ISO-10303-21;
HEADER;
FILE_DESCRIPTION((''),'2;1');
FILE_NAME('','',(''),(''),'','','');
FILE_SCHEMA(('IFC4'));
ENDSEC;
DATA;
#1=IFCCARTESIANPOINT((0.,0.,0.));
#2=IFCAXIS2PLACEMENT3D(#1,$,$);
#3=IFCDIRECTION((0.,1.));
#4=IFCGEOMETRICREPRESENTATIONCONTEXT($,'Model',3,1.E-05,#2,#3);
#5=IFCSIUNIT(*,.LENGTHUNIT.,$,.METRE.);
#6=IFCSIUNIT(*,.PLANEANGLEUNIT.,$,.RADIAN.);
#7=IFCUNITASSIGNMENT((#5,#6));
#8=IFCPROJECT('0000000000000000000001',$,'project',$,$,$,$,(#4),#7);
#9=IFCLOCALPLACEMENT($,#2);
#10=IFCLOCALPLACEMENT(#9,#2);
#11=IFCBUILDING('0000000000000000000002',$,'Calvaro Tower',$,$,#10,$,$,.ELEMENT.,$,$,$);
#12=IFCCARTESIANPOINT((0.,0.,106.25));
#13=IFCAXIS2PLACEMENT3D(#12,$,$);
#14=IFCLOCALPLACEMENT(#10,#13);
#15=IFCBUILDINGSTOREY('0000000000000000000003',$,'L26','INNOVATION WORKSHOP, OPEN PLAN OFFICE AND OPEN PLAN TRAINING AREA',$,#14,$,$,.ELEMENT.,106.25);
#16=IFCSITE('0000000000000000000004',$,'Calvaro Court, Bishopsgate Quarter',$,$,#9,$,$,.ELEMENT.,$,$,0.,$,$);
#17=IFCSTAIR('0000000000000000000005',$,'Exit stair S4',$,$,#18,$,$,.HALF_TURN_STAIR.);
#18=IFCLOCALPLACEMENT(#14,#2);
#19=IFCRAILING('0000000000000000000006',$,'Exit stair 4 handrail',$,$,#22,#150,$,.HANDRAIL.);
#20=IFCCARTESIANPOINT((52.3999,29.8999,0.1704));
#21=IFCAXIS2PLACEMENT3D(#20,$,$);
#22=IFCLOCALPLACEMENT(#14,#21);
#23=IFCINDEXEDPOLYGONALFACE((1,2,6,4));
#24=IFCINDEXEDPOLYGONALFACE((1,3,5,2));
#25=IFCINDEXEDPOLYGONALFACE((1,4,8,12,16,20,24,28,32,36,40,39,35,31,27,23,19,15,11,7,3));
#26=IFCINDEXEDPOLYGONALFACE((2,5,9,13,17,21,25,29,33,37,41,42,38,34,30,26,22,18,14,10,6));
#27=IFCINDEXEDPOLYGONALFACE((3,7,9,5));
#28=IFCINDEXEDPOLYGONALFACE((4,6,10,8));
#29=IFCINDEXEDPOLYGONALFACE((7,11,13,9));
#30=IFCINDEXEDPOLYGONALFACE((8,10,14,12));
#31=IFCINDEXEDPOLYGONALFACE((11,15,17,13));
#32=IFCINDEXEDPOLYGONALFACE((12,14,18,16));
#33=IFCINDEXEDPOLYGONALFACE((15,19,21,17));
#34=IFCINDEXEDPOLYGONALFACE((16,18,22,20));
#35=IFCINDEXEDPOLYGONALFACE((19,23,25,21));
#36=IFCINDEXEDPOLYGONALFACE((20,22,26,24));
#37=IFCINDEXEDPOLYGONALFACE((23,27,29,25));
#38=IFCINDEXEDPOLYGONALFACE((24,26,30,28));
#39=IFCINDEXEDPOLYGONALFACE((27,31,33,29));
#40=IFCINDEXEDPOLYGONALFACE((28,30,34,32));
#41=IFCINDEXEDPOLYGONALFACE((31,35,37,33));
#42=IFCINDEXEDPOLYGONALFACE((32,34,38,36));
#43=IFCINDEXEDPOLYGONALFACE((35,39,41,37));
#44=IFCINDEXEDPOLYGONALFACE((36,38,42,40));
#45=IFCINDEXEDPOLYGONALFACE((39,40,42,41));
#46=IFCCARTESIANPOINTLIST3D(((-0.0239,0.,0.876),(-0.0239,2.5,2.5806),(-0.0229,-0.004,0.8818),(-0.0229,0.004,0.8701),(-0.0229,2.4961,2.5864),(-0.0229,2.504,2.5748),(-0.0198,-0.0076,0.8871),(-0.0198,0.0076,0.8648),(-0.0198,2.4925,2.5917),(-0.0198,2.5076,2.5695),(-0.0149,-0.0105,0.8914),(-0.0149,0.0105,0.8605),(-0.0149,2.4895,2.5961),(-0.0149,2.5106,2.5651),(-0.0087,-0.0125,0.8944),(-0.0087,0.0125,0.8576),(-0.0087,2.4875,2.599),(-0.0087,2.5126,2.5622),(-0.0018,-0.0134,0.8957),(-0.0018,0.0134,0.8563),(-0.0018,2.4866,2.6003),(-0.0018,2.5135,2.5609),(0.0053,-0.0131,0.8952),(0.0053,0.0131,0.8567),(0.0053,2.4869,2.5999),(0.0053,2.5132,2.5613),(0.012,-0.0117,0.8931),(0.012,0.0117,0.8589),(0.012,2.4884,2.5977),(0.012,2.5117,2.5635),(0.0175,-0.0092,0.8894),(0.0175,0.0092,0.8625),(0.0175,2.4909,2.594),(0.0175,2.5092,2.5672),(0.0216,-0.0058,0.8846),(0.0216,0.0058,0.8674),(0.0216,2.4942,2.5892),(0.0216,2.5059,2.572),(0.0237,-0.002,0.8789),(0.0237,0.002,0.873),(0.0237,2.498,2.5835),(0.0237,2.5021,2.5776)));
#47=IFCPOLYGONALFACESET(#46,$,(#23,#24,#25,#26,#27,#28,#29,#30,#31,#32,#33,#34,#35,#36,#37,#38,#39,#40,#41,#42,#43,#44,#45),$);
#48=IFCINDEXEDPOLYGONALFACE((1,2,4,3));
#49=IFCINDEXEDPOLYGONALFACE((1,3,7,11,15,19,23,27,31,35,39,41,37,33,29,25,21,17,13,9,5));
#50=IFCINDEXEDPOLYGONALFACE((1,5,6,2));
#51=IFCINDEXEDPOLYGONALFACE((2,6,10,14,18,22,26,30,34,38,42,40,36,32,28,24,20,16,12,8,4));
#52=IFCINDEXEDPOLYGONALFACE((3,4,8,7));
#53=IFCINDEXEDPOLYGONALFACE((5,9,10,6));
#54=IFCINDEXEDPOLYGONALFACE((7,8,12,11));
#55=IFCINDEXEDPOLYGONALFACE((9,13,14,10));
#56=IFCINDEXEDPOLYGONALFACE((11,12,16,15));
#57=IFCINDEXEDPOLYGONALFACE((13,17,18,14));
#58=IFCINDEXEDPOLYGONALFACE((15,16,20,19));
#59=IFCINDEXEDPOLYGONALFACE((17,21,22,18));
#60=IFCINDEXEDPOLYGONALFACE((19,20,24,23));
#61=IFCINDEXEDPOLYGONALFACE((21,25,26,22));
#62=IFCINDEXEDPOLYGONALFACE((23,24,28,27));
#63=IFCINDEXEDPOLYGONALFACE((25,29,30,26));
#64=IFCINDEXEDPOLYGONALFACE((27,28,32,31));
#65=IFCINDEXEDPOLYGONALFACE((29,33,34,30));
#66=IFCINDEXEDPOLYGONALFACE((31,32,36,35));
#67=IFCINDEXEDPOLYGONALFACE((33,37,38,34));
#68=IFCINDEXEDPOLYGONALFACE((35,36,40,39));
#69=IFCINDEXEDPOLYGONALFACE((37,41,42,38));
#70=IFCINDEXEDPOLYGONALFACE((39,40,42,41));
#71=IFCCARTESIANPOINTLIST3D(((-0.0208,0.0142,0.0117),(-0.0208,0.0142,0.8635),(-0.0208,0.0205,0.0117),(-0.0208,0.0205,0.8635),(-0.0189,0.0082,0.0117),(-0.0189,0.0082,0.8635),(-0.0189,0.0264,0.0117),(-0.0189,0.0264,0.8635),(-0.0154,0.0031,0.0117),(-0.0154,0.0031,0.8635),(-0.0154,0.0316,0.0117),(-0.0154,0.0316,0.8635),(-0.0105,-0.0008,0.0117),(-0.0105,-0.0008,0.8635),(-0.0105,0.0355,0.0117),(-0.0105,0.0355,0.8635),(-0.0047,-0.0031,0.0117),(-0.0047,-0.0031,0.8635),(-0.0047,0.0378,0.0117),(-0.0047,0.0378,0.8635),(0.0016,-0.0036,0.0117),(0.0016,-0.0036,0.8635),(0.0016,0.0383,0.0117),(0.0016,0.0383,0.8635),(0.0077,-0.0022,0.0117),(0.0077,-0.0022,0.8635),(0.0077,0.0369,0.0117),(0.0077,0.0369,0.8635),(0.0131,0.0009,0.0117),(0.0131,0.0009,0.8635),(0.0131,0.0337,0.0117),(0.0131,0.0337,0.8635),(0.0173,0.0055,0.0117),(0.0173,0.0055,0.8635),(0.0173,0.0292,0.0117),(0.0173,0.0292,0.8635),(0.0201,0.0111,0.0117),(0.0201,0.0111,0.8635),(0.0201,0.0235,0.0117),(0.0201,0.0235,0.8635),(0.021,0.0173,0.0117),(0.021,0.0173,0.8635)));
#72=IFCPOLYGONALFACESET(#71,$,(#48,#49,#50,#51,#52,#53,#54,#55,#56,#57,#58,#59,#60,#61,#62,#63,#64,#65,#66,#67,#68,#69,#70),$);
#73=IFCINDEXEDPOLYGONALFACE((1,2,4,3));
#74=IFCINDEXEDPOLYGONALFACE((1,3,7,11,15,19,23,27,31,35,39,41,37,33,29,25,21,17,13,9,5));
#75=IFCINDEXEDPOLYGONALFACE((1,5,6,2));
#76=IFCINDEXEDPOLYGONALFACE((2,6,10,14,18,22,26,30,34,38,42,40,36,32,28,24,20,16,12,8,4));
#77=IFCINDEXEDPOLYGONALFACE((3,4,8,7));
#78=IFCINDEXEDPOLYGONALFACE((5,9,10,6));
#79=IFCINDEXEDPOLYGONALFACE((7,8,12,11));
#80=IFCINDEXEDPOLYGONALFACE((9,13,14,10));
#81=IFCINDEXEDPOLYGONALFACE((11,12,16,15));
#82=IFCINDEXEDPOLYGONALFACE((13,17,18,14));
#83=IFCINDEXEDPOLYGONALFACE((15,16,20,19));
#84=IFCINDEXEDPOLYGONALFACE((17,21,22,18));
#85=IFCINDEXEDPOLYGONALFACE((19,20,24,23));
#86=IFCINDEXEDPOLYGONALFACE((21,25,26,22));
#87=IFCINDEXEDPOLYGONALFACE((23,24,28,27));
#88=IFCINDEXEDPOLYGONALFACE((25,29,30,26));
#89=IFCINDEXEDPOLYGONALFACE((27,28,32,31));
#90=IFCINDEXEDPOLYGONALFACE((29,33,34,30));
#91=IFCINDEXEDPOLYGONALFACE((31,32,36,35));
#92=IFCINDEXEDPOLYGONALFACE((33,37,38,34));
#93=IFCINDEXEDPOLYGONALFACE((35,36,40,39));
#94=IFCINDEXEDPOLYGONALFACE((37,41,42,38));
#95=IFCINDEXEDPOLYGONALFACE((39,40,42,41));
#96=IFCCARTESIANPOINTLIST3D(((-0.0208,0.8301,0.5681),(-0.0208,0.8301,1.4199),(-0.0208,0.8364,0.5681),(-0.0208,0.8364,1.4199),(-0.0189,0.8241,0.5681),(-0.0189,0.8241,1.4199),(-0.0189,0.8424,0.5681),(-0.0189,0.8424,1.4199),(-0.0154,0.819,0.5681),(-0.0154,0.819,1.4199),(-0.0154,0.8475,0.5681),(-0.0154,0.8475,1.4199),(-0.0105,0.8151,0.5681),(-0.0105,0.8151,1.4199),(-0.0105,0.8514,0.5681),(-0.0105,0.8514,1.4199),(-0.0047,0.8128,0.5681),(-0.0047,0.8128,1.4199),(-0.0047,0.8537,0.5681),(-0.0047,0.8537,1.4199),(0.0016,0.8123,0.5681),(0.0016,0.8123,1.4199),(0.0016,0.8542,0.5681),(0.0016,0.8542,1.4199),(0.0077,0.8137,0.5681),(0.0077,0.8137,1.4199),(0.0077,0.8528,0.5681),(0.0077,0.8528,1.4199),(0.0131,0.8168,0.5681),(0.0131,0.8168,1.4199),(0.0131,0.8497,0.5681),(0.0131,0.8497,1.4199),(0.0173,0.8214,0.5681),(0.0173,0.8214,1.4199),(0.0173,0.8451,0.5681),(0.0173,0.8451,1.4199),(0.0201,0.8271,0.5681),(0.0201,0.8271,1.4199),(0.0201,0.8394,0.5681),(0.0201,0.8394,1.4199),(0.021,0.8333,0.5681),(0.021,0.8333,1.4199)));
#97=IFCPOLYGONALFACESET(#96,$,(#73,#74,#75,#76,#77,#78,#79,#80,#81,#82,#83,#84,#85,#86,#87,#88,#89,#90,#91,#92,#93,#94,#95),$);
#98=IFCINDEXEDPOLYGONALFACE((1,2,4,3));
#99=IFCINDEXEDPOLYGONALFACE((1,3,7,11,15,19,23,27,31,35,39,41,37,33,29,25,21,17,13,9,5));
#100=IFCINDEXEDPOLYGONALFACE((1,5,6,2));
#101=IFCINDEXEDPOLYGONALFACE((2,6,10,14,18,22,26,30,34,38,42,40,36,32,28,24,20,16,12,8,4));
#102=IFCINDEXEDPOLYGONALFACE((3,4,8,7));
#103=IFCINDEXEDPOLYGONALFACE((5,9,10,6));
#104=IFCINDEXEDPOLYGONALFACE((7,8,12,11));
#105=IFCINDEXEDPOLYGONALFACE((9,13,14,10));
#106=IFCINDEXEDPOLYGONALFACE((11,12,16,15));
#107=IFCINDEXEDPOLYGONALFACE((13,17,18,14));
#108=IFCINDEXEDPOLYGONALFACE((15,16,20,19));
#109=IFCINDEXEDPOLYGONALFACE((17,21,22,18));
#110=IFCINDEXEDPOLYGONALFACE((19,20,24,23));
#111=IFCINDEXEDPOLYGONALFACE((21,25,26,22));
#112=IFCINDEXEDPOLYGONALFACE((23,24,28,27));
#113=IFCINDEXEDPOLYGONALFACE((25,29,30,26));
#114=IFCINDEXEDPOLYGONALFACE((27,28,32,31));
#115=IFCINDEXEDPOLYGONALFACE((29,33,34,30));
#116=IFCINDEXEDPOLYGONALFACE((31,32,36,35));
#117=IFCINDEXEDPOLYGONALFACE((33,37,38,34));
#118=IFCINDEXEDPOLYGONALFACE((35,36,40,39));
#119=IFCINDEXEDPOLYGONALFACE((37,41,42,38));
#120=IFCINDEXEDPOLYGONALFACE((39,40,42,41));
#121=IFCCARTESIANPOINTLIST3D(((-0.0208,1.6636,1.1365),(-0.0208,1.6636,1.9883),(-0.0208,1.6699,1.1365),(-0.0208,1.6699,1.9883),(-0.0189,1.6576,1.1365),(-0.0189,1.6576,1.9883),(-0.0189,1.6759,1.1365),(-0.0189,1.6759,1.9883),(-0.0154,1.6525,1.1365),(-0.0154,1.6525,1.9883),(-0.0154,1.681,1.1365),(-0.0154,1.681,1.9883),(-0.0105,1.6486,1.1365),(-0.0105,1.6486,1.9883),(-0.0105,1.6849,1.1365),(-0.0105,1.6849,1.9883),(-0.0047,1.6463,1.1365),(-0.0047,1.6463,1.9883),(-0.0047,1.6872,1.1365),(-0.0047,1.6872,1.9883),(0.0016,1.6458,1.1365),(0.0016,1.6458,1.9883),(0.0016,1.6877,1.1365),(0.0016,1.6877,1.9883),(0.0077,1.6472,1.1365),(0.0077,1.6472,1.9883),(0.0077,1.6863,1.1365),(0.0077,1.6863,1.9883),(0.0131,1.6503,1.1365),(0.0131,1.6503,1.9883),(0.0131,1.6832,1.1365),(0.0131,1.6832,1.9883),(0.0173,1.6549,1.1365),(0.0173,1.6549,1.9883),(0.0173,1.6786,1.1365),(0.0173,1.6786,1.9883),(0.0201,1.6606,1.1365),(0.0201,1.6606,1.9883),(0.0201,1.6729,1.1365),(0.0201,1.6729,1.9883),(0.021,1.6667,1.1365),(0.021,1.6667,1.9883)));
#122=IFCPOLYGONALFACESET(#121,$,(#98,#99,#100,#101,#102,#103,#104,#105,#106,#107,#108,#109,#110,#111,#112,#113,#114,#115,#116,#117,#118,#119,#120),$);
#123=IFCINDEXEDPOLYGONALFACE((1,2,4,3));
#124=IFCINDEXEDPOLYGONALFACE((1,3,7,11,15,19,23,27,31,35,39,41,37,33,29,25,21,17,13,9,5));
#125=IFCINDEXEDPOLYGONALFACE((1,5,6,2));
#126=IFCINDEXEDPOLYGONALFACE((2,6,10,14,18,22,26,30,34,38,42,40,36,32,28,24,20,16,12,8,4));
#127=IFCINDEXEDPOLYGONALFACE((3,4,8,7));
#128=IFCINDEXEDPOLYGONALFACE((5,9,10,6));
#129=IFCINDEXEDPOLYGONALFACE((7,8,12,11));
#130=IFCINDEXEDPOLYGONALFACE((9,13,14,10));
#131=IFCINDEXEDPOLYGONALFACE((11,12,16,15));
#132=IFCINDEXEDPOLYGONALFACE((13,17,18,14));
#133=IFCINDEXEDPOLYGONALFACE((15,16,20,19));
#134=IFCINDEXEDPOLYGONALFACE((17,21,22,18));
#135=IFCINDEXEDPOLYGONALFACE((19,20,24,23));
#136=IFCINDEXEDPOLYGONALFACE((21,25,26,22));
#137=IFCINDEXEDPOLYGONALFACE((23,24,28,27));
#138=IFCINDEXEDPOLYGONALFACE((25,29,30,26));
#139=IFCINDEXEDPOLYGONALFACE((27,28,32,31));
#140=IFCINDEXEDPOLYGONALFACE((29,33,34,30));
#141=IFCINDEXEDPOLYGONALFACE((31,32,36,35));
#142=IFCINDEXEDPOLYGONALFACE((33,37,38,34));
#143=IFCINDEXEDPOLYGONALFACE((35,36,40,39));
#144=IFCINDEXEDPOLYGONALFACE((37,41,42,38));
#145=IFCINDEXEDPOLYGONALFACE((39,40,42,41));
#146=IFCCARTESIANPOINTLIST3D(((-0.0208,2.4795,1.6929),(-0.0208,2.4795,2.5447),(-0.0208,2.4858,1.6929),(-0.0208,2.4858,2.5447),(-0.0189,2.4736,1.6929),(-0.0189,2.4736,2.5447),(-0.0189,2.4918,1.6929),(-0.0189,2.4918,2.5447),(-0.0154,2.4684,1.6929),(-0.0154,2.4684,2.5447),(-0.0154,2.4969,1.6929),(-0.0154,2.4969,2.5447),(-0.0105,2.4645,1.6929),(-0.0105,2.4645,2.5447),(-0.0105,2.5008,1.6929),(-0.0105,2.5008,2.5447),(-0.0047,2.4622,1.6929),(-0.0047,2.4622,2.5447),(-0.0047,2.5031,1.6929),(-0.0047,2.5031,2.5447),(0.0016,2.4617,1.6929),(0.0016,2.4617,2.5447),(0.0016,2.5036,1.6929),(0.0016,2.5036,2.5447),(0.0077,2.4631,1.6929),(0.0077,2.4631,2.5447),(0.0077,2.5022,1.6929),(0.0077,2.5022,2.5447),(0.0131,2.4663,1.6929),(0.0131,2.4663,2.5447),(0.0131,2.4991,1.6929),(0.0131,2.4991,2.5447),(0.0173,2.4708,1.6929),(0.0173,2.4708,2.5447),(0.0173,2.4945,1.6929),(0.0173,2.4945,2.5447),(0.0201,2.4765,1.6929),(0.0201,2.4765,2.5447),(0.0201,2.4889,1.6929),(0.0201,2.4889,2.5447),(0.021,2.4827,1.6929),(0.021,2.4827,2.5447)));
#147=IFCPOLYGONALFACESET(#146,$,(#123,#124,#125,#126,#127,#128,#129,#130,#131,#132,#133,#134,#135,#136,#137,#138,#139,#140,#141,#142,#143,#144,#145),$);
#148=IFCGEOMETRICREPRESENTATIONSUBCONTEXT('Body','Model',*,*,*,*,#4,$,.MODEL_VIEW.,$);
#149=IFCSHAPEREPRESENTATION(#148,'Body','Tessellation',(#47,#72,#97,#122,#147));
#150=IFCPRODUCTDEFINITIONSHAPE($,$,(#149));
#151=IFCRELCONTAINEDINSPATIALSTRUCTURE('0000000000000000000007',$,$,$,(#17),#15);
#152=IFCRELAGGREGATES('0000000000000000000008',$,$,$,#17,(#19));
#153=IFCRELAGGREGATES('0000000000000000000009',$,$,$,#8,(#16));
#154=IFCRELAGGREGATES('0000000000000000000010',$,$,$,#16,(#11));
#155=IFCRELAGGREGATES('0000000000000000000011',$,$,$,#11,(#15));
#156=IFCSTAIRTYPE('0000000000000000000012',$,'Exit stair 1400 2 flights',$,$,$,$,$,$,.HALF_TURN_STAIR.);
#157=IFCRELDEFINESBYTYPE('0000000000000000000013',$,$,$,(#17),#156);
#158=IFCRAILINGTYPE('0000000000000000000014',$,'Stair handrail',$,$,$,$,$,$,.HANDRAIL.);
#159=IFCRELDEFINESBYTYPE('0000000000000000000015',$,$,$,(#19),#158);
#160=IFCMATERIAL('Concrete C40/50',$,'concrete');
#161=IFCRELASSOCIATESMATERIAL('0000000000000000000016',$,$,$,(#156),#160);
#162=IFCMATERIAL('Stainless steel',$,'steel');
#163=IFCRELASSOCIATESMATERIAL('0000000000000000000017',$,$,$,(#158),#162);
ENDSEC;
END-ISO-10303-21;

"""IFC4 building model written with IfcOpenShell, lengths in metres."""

from ifc_helpers import new_model, si_unit, direction, frame, origin, origin_2d, place, context, subcontext, project, spatial, circle, extrude, material, type_object, element, aggregate, save


model = new_model("IFC4")

# Units and contexts
model_context = context("Model", 3, precision=1e-05, world=origin(), true_north=direction((0.0, 1.0)))
body_context = subcontext(model_context, "Body", "Model", "MODEL_VIEW")
ifc_project = project(units=[si_unit("LENGTHUNIT", "METRE"), si_unit("PLANEANGLEUNIT", "RADIAN")], contexts=[model_context])

# Site, building, storey
site_placement = place(None, origin())
site = spatial("IfcSite", under=ifc_project, at=site_placement, Name="Calvaro Court, Bishopsgate Quarter", CompositionType="ELEMENT", RefElevation=0.0)
building_placement = place(site_placement, origin())
building = spatial("IfcBuilding", under=site, at=building_placement, Name="Calvaro Tower", CompositionType="ELEMENT")
storey_placement = place(building_placement, frame((0.0, 0.0, 106.25)))
storey = spatial("IfcBuildingStorey", under=building, at=storey_placement, Name="L26", Description="INNOVATION WORKSHOP, OPEN PLAN OFFICE AND OPEN PLAN TRAINING AREA", CompositionType="ELEMENT", Elevation=106.25)

# Stair
ifc_material_1 = material(Name="Concrete C40/50", Category="concrete")
stair_type = type_object("IfcStairType", Name="Exit stair 1400 2 flights", PredefinedType="HALF_TURN_STAIR", material=ifc_material_1)
stair_1_placement = place(storey_placement, origin())
stair_1 = element("IfcStair", 1, at=stair_1_placement, inside=storey, type_object=stair_type, Name="Exit stair S4", PredefinedType="HALF_TURN_STAIR")

# Railing
ifc_material_2 = material(Name="Stainless steel", Category="steel")
railing_type = type_object("IfcRailingType", Name="Stair handrail", PredefinedType="HANDRAIL", material=ifc_material_2)
railing_1_placement = place(storey_placement, frame((52.3999, 29.8999, 0.1704)))
railing_1 = element("IfcRailing", 2, at=railing_1_placement, type_object=railing_type, Name="Exit stair 4 handrail", PredefinedType="HANDRAIL", context=body_context, shape_type="SweptSolid", body=[
    extrude(circle(Radius=0.0239, at=origin_2d()), frame((0.0, 0.0, 0.876), z_axis=(0.0, 0.826221, 0.563347), x_axis=(-1.0, 0.0, 0.0)), (0.0, 0.0, 1.0), 3.0259),
    extrude(circle(Radius=0.021, at=origin_2d()), frame((0.0, 0.0173, 0.0117)), (0.0, 0.0, 1.0), 0.8518),
    extrude(circle(Radius=0.021, at=origin_2d()), frame((0.0, 0.8333, 0.5681)), (0.0, 0.0, 1.0), 0.8518),
    extrude(circle(Radius=0.021, at=origin_2d()), frame((0.0, 1.6667, 1.1365)), (0.0, 0.0, 1.0), 0.8518),
    extrude(circle(Radius=0.021, at=origin_2d()), frame((0.0, 2.4827, 1.6929)), (0.0, 0.0, 1.0), 0.8518),
])
aggregate(stair_1, [railing_1])

save(model, "model.ifc")
